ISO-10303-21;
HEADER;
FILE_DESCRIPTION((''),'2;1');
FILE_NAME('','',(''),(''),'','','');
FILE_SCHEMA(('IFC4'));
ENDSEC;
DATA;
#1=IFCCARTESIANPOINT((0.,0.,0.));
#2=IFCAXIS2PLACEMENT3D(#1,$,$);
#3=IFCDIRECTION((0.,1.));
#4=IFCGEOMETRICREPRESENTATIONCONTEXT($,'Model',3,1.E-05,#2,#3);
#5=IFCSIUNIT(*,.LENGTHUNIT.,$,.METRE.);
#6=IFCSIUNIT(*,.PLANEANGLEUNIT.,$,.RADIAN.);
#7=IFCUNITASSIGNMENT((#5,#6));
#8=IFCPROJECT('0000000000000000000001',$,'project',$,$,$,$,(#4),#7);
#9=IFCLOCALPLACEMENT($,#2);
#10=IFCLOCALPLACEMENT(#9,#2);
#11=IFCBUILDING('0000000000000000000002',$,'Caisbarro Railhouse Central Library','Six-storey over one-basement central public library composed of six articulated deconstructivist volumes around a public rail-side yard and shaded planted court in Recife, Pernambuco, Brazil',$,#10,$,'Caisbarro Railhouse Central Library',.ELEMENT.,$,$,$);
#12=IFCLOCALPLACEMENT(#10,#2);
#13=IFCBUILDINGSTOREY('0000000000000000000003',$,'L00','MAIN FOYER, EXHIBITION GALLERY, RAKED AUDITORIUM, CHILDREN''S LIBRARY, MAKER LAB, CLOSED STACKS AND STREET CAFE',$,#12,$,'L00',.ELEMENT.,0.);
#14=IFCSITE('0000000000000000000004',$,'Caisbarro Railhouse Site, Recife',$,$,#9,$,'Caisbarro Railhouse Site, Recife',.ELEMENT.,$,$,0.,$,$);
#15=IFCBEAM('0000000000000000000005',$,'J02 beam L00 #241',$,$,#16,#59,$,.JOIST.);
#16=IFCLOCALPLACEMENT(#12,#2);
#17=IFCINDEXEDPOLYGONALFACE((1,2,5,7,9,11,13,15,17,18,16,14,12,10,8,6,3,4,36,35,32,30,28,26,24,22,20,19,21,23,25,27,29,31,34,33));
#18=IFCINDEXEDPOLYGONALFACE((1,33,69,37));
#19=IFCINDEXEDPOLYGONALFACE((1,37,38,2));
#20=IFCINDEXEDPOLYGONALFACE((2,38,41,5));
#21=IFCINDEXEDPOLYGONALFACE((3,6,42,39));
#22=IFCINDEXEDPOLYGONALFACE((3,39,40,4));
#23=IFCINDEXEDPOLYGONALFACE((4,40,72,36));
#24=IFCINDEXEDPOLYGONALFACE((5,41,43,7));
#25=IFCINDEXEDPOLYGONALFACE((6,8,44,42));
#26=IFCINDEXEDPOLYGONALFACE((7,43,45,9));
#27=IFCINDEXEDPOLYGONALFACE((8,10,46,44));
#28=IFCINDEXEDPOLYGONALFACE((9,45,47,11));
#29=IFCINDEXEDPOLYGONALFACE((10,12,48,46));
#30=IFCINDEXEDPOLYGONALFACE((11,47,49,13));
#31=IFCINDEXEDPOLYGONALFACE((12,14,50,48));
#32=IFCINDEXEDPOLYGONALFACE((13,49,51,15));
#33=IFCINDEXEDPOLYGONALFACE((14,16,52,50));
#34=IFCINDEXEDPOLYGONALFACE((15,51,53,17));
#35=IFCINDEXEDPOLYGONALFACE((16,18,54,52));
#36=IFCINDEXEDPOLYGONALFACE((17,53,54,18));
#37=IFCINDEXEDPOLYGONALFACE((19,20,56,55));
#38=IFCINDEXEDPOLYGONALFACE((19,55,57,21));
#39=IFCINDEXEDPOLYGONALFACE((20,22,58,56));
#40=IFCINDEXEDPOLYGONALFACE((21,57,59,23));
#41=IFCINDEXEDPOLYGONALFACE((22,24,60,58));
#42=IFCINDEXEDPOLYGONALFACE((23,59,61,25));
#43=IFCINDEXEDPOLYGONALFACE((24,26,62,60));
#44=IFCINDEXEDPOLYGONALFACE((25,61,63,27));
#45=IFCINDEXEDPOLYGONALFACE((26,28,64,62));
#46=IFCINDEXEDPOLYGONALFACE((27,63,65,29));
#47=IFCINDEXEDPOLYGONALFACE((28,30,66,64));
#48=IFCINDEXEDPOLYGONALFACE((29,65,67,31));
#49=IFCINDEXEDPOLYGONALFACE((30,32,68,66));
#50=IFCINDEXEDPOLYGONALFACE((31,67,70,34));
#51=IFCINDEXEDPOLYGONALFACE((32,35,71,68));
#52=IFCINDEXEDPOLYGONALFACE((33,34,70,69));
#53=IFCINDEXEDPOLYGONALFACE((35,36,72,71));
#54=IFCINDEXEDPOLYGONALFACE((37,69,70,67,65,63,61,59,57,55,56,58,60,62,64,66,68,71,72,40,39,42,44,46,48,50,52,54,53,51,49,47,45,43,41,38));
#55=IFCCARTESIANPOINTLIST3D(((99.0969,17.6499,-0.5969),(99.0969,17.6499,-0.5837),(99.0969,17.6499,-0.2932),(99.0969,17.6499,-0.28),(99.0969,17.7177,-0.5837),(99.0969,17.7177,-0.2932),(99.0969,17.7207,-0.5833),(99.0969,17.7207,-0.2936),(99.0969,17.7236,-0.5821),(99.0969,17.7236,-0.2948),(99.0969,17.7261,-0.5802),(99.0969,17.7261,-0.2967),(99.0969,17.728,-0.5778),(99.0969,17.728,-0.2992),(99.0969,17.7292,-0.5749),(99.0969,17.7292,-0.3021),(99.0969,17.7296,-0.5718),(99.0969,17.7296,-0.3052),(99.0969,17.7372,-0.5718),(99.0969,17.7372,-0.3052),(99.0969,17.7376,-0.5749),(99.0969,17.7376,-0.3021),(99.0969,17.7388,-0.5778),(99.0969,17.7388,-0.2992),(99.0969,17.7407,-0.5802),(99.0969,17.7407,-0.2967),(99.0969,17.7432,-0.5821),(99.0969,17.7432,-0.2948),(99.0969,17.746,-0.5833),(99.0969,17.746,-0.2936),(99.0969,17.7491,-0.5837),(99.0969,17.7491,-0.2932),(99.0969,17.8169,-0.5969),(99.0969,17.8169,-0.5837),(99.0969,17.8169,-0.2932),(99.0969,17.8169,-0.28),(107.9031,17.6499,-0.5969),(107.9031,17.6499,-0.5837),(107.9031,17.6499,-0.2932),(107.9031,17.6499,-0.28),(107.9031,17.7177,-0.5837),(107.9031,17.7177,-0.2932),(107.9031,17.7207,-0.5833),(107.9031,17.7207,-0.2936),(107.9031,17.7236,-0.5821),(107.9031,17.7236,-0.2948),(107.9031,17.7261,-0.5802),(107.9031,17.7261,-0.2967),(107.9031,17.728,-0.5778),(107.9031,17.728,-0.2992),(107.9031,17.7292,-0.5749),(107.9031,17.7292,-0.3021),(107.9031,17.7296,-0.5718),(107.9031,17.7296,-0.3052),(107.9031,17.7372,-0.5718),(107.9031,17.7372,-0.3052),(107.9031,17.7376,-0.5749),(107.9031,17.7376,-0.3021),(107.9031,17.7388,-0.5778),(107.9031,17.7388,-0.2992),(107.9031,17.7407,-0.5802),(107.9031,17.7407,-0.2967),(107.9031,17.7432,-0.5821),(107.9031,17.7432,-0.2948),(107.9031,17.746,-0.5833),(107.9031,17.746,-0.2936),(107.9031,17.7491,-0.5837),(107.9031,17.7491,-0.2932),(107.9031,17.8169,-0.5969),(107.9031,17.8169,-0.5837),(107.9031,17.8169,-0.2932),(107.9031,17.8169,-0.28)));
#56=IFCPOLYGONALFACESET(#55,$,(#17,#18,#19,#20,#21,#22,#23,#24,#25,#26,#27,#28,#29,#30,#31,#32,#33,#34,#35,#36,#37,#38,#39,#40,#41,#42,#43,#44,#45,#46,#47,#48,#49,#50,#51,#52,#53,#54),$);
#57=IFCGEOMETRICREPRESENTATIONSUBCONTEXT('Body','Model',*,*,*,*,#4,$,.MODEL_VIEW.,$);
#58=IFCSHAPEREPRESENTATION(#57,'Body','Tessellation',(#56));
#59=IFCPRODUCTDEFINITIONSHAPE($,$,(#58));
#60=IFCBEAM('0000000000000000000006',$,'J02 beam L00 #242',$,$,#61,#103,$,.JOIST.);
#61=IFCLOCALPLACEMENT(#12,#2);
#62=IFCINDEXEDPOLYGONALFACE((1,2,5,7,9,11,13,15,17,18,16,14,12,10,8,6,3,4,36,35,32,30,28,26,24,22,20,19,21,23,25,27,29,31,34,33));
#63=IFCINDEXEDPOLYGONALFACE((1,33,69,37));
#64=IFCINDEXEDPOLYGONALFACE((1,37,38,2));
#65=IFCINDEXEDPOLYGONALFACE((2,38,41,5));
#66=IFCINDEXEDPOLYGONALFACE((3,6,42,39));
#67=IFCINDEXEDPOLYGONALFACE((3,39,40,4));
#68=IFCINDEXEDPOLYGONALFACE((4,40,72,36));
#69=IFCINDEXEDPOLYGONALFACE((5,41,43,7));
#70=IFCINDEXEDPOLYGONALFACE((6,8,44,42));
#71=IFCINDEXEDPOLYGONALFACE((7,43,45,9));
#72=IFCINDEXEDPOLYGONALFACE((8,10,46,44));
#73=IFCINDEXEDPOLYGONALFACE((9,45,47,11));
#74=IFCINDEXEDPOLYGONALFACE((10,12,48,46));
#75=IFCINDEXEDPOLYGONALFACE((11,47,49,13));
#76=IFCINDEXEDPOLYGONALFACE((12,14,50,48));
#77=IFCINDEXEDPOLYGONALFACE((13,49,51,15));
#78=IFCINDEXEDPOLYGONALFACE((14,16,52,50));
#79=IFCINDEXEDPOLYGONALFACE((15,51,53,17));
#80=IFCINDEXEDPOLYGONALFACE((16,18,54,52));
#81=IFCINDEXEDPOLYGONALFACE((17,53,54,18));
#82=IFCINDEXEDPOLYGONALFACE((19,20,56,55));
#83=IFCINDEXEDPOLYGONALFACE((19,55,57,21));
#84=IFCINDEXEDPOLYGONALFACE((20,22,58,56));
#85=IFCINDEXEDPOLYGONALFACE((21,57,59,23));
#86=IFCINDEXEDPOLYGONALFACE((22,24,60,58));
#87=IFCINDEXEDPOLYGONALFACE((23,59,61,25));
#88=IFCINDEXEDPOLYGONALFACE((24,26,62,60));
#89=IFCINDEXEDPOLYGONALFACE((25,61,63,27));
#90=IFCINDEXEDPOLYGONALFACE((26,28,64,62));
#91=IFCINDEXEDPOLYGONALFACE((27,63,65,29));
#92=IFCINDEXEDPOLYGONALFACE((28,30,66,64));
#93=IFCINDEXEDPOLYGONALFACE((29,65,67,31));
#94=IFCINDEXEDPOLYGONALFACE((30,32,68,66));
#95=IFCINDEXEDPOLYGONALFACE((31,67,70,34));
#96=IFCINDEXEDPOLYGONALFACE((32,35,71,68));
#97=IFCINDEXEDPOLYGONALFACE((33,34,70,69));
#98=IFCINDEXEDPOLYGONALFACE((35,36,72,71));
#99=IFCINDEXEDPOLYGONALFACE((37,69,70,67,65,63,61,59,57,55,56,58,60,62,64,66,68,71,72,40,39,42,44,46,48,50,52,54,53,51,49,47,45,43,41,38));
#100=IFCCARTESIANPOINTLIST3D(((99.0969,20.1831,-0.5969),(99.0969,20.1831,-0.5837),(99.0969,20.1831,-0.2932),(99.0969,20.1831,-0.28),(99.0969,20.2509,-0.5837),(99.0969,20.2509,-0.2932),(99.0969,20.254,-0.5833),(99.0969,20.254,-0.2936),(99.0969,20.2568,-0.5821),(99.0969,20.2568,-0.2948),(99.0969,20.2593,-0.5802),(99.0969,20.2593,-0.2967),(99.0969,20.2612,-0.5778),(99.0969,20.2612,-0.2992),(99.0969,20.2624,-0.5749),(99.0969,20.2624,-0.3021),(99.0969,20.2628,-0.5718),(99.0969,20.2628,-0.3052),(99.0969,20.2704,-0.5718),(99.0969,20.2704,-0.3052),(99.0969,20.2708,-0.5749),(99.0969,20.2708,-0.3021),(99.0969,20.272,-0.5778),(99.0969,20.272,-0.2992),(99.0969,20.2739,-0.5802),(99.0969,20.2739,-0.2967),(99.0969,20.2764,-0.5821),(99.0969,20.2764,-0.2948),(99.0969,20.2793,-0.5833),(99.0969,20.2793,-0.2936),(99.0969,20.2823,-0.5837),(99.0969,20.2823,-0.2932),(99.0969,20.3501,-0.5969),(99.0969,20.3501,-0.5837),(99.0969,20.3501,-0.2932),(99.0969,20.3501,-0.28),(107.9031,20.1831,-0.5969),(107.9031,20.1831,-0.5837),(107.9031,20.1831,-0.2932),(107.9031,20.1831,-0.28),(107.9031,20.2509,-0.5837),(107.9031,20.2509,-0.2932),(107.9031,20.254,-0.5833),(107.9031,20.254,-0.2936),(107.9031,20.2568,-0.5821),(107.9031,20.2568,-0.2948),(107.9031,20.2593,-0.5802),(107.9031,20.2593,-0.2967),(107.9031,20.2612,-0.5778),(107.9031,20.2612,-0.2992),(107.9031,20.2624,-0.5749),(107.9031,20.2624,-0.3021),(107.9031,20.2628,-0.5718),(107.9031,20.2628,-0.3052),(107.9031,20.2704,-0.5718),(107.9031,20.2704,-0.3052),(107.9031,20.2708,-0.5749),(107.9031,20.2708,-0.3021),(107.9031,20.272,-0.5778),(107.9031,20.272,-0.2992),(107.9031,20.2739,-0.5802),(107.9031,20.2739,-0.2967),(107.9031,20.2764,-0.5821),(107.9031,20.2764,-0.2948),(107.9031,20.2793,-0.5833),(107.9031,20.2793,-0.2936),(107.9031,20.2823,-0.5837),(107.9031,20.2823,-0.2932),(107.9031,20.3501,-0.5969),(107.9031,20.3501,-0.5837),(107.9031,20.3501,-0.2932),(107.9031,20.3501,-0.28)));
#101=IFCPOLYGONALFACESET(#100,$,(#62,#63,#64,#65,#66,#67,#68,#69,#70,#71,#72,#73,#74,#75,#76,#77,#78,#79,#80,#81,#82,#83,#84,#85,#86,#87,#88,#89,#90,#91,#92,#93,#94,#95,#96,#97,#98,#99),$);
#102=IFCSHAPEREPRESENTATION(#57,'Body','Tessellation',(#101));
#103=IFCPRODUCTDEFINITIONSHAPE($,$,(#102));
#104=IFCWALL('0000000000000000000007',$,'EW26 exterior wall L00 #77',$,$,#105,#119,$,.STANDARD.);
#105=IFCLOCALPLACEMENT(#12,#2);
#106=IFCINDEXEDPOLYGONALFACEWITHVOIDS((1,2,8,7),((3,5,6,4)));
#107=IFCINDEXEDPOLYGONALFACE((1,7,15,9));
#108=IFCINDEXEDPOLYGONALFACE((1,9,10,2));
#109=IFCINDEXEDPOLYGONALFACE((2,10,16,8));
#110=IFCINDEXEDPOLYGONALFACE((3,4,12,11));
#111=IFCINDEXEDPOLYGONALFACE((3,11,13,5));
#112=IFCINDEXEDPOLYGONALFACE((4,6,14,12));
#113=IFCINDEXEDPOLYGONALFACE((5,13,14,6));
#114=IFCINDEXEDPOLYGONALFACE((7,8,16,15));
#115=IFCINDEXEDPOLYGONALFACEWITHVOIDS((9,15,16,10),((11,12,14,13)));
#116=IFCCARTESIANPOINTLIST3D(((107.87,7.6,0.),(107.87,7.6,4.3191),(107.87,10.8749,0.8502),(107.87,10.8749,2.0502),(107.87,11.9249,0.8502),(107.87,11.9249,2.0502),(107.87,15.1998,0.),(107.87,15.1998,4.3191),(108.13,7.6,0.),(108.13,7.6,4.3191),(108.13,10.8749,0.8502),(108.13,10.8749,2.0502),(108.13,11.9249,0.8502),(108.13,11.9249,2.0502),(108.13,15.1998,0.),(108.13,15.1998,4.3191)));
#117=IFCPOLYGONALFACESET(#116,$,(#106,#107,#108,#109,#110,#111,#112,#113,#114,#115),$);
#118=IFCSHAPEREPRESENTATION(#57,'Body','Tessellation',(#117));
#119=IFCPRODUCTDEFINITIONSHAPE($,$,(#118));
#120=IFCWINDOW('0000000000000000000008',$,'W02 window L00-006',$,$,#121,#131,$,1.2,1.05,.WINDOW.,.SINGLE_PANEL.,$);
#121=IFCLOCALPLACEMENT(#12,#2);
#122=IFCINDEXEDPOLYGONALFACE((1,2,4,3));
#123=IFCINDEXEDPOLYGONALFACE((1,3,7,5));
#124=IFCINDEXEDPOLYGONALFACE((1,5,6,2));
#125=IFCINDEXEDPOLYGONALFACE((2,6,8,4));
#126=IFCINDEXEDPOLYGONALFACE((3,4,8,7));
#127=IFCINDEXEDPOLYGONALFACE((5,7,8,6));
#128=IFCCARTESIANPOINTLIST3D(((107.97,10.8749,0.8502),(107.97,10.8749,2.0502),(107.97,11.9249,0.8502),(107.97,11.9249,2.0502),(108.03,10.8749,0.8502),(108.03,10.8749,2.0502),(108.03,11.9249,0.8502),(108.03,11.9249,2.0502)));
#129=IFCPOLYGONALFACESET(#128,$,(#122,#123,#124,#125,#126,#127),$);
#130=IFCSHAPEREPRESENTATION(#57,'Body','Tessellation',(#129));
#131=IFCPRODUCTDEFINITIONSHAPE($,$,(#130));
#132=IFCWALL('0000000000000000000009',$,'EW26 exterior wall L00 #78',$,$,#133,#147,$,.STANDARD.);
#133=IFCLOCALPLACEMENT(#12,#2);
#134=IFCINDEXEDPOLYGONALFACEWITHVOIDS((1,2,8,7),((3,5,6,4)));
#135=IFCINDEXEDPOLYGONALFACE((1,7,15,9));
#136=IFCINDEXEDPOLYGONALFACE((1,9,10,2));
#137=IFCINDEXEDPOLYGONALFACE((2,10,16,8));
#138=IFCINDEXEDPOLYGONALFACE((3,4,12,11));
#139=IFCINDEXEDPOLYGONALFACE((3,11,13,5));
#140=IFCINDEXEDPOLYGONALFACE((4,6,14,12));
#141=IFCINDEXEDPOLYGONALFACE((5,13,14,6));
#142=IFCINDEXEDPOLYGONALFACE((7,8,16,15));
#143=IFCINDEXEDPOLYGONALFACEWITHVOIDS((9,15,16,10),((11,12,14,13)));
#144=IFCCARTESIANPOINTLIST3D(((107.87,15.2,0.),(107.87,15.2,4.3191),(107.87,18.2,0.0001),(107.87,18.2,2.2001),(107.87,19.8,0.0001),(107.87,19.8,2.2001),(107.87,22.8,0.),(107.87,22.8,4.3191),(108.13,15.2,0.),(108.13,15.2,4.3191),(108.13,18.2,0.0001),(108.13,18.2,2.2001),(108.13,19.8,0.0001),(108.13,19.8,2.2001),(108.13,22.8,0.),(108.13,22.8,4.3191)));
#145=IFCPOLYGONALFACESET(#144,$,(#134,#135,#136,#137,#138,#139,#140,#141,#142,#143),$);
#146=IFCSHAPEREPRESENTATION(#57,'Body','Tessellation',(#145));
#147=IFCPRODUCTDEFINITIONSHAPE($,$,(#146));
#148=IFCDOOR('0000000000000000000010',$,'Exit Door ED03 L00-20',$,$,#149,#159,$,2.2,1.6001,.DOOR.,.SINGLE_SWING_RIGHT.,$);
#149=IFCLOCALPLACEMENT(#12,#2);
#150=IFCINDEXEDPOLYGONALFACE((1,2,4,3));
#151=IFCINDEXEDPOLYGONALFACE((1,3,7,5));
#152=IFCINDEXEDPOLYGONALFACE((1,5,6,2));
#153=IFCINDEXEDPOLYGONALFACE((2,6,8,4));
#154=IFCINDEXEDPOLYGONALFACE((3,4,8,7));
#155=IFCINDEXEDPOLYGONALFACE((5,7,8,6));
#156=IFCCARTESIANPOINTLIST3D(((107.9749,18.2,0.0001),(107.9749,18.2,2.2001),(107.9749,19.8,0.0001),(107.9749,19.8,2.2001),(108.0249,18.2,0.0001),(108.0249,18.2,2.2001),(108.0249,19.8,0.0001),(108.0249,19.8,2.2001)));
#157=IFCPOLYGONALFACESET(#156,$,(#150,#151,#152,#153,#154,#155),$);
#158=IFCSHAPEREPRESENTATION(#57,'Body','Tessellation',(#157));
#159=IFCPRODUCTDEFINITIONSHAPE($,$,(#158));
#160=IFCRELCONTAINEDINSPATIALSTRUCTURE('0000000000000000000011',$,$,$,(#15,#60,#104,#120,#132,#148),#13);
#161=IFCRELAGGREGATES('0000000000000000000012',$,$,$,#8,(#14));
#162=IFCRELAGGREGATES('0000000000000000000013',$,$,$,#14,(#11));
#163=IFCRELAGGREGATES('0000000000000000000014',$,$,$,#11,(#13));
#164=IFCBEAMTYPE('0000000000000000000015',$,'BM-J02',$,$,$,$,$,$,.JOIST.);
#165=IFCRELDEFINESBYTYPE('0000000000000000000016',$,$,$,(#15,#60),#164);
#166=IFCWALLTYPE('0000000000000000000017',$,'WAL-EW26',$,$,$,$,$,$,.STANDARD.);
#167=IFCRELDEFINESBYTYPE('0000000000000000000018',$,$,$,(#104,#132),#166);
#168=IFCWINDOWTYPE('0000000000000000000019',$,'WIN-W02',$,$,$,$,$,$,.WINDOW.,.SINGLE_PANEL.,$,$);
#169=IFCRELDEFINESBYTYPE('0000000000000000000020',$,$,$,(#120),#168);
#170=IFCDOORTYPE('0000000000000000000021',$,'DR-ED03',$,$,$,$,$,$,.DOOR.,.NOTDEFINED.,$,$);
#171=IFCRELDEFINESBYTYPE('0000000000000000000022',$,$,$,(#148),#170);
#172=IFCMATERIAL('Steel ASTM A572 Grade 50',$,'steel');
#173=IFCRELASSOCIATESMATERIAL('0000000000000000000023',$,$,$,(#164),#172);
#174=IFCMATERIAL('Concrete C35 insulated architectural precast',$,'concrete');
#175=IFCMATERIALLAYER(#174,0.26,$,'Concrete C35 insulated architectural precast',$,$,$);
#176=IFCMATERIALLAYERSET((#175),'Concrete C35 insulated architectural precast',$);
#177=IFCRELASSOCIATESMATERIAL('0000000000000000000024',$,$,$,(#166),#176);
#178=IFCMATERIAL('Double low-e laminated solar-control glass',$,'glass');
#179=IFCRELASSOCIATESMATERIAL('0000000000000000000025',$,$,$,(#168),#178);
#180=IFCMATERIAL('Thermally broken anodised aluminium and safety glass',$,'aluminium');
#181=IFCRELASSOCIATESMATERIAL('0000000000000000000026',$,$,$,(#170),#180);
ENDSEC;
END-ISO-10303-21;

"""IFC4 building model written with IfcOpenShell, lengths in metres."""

from ifc_helpers import new_model, si_unit, direction, frame, frame_2d, origin, origin_2d, place, context, subcontext, project, spatial, rectangle, i_section, extrude, material, layer, layer_set, material_profile, profile_set, type_object, element, fill, save


model = new_model("IFC4")

# Units and contexts
model_context = context("Model", 3, precision=1e-05, world=origin(), true_north=direction((0.0, 1.0)))
body_context = subcontext(model_context, "Body", "Model", "MODEL_VIEW")
ifc_project = project(units=[si_unit("LENGTHUNIT", "METRE"), si_unit("PLANEANGLEUNIT", "RADIAN")], contexts=[model_context])

# Site, building, storey
site_placement = place(None, origin())
site = spatial("IfcSite", under=ifc_project, at=site_placement, Name="Caisbarro Railhouse Site, Recife", LongName="Caisbarro Railhouse Site, Recife", CompositionType="ELEMENT", RefElevation=0.0)
building_placement = place(site_placement, origin())
building = spatial("IfcBuilding", under=site, at=building_placement, Name="Caisbarro Railhouse Central Library", Description="Six-storey over one-basement central public library composed of six articulated deconstructivist volumes around a public rail-side yard and shaded planted court in Recife, Pernambuco, Brazil", LongName="Caisbarro Railhouse Central Library", CompositionType="ELEMENT")
storey_placement = place(building_placement, origin())
storey = spatial("IfcBuildingStorey", under=building, at=storey_placement, Name="L00", Description="MAIN FOYER, EXHIBITION GALLERY, RAKED AUDITORIUM, CHILDREN'S LIBRARY, MAKER LAB, CLOSED STACKS AND STREET CAFE", LongName="L00", CompositionType="ELEMENT", Elevation=0.0)

# Shared definitions
ifc_material_1 = material(Name="Steel ASTM A572 Grade 50", Category="steel")

# Beams
ifc_material_profile_1 = material_profile(ifc_material_1, i_section(OverallWidth=0.167, OverallDepth=0.3169, WebThickness=0.0076, FlangeThickness=0.0132, FilletRadius=0.012, at=origin_2d()), Name="W310X52.0")
ifc_profile_set_1 = profile_set([ifc_material_profile_1], Name="Steel ASTM A572 Grade 50")
beam_type_1 = type_object("IfcBeamType", Name="BM-J02", PredefinedType="JOIST", material=ifc_profile_set_1)
for number, where, z_axis, x_axis, name in (
    (1, (99.0969, 17.7334, -0.4385), (1.0, 0.0, 0.0), (0.0, 1.0, 0.0), "J02 beam L00 #241"),
    (2, (99.0969, 20.2666, -0.4385), (1.0, 0.0, 0.0), (0.0, 1.0, 0.0), "J02 beam L00 #242"),
):
    element("IfcBeam", number, at=place(storey_placement, frame(where, z_axis=z_axis, x_axis=x_axis)), inside=storey, type_object=beam_type_1, Name=name, PredefinedType="JOIST", context=body_context, shape_type="SweptSolid", body=[
        extrude(i_section(OverallWidth=0.167, OverallDepth=0.3169, WebThickness=0.0076, FlangeThickness=0.0132, FilletRadius=0.012, at=origin_2d()), origin(), (0.0, 0.0, 1.0), 8.8062),
    ])

# Wall, opening, window
ifc_material_2 = material(Name="Concrete C35 insulated architectural precast", Category="concrete")
ifc_layer_1 = layer(ifc_material_2, 0.26, Name="Concrete C35 insulated architectural precast")
ifc_layer_set_1 = layer_set([ifc_layer_1], Name="Concrete C35 insulated architectural precast")
wall_type_1 = type_object("IfcWallType", Name="WAL-EW26", PredefinedType="STANDARD", material=ifc_layer_set_1)
wall_1_placement = place(storey_placement, frame((108.0, 7.6001, 0.0), z_axis=(0.0, 0.0, 1.0), x_axis=(0.0, 1.0, 0.0)))
wall_1 = element("IfcWall", 3, at=wall_1_placement, inside=storey, type_object=wall_type_1, Name="EW26 exterior wall L00 #77", PredefinedType="STANDARD", context=body_context, shape_type="SweptSolid", body=[
    extrude(rectangle(XDim=7.5999, YDim=0.26, at=frame_2d((3.7998, 0.0))), origin(), (0.0, 0.0, 1.0), 4.3191),
])
opening_1_placement = place(wall_1_placement, frame((3.2749, 0.0, 0.8501)))
opening_1 = element("IfcOpeningElement", 4, at=opening_1_placement, cuts=wall_1, PredefinedType="OPENING", context=body_context, shape_type="SweptSolid", body=[
    extrude(rectangle(XDim=1.05, YDim=1.2, at=frame_2d((0.5249, 0.6001))), frame((0.0, 0.1401, 0.0), z_axis=(0.0, -1.0, 0.0), x_axis=(1.0, 0.0, 0.0)), (0.0, 0.0, 1.0), 0.28),
])
ifc_material_3 = material(Name="Double low-e laminated solar-control glass", Category="glass")
window_type_1 = type_object("IfcWindowType", Name="WIN-W02", PartitioningType="SINGLE_PANEL", PredefinedType="WINDOW", material=ifc_material_3)
window_1_placement = place(opening_1_placement, origin())
window_1 = element("IfcWindow", 5, at=window_1_placement, inside=storey, type_object=window_type_1, Name="W02 window L00-006", OverallHeight=1.2, OverallWidth=1.05, PartitioningType="SINGLE_PANEL", PredefinedType="WINDOW", context=body_context, shape_type="SweptSolid", body=[
    extrude(rectangle(XDim=1.05, YDim=1.2, at=frame_2d((0.5249, 0.6001))), frame((0.0, 0.03, 0.0), z_axis=(0.0, -1.0, 0.0), x_axis=(1.0, 0.0, 0.0)), (0.0, 0.0, 1.0), 0.0601),
])
fill(opening_1, window_1)

# Wall, opening, door
wall_2_placement = place(storey_placement, frame((108.0, 15.2, 0.0), z_axis=(0.0, 0.0, 1.0), x_axis=(0.0, 1.0, 0.0)))
wall_2 = element("IfcWall", 6, at=wall_2_placement, inside=storey, type_object=wall_type_1, Name="EW26 exterior wall L00 #78", PredefinedType="STANDARD", context=body_context, shape_type="SweptSolid", body=[
    extrude(rectangle(XDim=7.6001, YDim=0.26, at=frame_2d((3.8, 0.0))), origin(), (0.0, 0.0, 1.0), 4.3191),
])
opening_2_placement = place(wall_2_placement, frame((3.0, 0.0, 0.0)))
opening_2 = element("IfcOpeningElement", 7, at=opening_2_placement, cuts=wall_2, PredefinedType="OPENING", context=body_context, shape_type="SweptSolid", body=[
    extrude(rectangle(XDim=1.6001, YDim=2.2, at=frame_2d((0.8, 1.1001))), frame((0.0, 0.1401, 0.0), z_axis=(0.0, -1.0, 0.0), x_axis=(1.0, 0.0, 0.0)), (0.0, 0.0, 1.0), 0.28),
])
ifc_material_4 = material(Name="Thermally broken anodised aluminium and safety glass", Category="aluminium")
door_type_1 = type_object("IfcDoorType", Name="DR-ED03", OperationType="NOTDEFINED", PredefinedType="DOOR", material=ifc_material_4)
door_1_placement = place(opening_2_placement, frame((1.6001, 0.0, 0.0), z_axis=(0.0, 0.0, 1.0), x_axis=(-1.0, 0.0, 0.0)))
door_1 = element("IfcDoor", 8, at=door_1_placement, inside=storey, type_object=door_type_1, Name="Exit Door ED03 L00-20", OperationType="SINGLE_SWING_RIGHT", OverallHeight=2.2, OverallWidth=1.6001, PredefinedType="DOOR", context=body_context, shape_type="SweptSolid", body=[
    extrude(rectangle(XDim=1.6001, YDim=2.2, at=frame_2d((0.8, 1.1001))), frame((0.0, 0.0249, 0.0), z_axis=(0.0, -1.0, 0.0), x_axis=(1.0, 0.0, 0.0)), (0.0, 0.0, 1.0), 0.05),
])
fill(opening_2, door_1)

save(model, "model.ifc")
